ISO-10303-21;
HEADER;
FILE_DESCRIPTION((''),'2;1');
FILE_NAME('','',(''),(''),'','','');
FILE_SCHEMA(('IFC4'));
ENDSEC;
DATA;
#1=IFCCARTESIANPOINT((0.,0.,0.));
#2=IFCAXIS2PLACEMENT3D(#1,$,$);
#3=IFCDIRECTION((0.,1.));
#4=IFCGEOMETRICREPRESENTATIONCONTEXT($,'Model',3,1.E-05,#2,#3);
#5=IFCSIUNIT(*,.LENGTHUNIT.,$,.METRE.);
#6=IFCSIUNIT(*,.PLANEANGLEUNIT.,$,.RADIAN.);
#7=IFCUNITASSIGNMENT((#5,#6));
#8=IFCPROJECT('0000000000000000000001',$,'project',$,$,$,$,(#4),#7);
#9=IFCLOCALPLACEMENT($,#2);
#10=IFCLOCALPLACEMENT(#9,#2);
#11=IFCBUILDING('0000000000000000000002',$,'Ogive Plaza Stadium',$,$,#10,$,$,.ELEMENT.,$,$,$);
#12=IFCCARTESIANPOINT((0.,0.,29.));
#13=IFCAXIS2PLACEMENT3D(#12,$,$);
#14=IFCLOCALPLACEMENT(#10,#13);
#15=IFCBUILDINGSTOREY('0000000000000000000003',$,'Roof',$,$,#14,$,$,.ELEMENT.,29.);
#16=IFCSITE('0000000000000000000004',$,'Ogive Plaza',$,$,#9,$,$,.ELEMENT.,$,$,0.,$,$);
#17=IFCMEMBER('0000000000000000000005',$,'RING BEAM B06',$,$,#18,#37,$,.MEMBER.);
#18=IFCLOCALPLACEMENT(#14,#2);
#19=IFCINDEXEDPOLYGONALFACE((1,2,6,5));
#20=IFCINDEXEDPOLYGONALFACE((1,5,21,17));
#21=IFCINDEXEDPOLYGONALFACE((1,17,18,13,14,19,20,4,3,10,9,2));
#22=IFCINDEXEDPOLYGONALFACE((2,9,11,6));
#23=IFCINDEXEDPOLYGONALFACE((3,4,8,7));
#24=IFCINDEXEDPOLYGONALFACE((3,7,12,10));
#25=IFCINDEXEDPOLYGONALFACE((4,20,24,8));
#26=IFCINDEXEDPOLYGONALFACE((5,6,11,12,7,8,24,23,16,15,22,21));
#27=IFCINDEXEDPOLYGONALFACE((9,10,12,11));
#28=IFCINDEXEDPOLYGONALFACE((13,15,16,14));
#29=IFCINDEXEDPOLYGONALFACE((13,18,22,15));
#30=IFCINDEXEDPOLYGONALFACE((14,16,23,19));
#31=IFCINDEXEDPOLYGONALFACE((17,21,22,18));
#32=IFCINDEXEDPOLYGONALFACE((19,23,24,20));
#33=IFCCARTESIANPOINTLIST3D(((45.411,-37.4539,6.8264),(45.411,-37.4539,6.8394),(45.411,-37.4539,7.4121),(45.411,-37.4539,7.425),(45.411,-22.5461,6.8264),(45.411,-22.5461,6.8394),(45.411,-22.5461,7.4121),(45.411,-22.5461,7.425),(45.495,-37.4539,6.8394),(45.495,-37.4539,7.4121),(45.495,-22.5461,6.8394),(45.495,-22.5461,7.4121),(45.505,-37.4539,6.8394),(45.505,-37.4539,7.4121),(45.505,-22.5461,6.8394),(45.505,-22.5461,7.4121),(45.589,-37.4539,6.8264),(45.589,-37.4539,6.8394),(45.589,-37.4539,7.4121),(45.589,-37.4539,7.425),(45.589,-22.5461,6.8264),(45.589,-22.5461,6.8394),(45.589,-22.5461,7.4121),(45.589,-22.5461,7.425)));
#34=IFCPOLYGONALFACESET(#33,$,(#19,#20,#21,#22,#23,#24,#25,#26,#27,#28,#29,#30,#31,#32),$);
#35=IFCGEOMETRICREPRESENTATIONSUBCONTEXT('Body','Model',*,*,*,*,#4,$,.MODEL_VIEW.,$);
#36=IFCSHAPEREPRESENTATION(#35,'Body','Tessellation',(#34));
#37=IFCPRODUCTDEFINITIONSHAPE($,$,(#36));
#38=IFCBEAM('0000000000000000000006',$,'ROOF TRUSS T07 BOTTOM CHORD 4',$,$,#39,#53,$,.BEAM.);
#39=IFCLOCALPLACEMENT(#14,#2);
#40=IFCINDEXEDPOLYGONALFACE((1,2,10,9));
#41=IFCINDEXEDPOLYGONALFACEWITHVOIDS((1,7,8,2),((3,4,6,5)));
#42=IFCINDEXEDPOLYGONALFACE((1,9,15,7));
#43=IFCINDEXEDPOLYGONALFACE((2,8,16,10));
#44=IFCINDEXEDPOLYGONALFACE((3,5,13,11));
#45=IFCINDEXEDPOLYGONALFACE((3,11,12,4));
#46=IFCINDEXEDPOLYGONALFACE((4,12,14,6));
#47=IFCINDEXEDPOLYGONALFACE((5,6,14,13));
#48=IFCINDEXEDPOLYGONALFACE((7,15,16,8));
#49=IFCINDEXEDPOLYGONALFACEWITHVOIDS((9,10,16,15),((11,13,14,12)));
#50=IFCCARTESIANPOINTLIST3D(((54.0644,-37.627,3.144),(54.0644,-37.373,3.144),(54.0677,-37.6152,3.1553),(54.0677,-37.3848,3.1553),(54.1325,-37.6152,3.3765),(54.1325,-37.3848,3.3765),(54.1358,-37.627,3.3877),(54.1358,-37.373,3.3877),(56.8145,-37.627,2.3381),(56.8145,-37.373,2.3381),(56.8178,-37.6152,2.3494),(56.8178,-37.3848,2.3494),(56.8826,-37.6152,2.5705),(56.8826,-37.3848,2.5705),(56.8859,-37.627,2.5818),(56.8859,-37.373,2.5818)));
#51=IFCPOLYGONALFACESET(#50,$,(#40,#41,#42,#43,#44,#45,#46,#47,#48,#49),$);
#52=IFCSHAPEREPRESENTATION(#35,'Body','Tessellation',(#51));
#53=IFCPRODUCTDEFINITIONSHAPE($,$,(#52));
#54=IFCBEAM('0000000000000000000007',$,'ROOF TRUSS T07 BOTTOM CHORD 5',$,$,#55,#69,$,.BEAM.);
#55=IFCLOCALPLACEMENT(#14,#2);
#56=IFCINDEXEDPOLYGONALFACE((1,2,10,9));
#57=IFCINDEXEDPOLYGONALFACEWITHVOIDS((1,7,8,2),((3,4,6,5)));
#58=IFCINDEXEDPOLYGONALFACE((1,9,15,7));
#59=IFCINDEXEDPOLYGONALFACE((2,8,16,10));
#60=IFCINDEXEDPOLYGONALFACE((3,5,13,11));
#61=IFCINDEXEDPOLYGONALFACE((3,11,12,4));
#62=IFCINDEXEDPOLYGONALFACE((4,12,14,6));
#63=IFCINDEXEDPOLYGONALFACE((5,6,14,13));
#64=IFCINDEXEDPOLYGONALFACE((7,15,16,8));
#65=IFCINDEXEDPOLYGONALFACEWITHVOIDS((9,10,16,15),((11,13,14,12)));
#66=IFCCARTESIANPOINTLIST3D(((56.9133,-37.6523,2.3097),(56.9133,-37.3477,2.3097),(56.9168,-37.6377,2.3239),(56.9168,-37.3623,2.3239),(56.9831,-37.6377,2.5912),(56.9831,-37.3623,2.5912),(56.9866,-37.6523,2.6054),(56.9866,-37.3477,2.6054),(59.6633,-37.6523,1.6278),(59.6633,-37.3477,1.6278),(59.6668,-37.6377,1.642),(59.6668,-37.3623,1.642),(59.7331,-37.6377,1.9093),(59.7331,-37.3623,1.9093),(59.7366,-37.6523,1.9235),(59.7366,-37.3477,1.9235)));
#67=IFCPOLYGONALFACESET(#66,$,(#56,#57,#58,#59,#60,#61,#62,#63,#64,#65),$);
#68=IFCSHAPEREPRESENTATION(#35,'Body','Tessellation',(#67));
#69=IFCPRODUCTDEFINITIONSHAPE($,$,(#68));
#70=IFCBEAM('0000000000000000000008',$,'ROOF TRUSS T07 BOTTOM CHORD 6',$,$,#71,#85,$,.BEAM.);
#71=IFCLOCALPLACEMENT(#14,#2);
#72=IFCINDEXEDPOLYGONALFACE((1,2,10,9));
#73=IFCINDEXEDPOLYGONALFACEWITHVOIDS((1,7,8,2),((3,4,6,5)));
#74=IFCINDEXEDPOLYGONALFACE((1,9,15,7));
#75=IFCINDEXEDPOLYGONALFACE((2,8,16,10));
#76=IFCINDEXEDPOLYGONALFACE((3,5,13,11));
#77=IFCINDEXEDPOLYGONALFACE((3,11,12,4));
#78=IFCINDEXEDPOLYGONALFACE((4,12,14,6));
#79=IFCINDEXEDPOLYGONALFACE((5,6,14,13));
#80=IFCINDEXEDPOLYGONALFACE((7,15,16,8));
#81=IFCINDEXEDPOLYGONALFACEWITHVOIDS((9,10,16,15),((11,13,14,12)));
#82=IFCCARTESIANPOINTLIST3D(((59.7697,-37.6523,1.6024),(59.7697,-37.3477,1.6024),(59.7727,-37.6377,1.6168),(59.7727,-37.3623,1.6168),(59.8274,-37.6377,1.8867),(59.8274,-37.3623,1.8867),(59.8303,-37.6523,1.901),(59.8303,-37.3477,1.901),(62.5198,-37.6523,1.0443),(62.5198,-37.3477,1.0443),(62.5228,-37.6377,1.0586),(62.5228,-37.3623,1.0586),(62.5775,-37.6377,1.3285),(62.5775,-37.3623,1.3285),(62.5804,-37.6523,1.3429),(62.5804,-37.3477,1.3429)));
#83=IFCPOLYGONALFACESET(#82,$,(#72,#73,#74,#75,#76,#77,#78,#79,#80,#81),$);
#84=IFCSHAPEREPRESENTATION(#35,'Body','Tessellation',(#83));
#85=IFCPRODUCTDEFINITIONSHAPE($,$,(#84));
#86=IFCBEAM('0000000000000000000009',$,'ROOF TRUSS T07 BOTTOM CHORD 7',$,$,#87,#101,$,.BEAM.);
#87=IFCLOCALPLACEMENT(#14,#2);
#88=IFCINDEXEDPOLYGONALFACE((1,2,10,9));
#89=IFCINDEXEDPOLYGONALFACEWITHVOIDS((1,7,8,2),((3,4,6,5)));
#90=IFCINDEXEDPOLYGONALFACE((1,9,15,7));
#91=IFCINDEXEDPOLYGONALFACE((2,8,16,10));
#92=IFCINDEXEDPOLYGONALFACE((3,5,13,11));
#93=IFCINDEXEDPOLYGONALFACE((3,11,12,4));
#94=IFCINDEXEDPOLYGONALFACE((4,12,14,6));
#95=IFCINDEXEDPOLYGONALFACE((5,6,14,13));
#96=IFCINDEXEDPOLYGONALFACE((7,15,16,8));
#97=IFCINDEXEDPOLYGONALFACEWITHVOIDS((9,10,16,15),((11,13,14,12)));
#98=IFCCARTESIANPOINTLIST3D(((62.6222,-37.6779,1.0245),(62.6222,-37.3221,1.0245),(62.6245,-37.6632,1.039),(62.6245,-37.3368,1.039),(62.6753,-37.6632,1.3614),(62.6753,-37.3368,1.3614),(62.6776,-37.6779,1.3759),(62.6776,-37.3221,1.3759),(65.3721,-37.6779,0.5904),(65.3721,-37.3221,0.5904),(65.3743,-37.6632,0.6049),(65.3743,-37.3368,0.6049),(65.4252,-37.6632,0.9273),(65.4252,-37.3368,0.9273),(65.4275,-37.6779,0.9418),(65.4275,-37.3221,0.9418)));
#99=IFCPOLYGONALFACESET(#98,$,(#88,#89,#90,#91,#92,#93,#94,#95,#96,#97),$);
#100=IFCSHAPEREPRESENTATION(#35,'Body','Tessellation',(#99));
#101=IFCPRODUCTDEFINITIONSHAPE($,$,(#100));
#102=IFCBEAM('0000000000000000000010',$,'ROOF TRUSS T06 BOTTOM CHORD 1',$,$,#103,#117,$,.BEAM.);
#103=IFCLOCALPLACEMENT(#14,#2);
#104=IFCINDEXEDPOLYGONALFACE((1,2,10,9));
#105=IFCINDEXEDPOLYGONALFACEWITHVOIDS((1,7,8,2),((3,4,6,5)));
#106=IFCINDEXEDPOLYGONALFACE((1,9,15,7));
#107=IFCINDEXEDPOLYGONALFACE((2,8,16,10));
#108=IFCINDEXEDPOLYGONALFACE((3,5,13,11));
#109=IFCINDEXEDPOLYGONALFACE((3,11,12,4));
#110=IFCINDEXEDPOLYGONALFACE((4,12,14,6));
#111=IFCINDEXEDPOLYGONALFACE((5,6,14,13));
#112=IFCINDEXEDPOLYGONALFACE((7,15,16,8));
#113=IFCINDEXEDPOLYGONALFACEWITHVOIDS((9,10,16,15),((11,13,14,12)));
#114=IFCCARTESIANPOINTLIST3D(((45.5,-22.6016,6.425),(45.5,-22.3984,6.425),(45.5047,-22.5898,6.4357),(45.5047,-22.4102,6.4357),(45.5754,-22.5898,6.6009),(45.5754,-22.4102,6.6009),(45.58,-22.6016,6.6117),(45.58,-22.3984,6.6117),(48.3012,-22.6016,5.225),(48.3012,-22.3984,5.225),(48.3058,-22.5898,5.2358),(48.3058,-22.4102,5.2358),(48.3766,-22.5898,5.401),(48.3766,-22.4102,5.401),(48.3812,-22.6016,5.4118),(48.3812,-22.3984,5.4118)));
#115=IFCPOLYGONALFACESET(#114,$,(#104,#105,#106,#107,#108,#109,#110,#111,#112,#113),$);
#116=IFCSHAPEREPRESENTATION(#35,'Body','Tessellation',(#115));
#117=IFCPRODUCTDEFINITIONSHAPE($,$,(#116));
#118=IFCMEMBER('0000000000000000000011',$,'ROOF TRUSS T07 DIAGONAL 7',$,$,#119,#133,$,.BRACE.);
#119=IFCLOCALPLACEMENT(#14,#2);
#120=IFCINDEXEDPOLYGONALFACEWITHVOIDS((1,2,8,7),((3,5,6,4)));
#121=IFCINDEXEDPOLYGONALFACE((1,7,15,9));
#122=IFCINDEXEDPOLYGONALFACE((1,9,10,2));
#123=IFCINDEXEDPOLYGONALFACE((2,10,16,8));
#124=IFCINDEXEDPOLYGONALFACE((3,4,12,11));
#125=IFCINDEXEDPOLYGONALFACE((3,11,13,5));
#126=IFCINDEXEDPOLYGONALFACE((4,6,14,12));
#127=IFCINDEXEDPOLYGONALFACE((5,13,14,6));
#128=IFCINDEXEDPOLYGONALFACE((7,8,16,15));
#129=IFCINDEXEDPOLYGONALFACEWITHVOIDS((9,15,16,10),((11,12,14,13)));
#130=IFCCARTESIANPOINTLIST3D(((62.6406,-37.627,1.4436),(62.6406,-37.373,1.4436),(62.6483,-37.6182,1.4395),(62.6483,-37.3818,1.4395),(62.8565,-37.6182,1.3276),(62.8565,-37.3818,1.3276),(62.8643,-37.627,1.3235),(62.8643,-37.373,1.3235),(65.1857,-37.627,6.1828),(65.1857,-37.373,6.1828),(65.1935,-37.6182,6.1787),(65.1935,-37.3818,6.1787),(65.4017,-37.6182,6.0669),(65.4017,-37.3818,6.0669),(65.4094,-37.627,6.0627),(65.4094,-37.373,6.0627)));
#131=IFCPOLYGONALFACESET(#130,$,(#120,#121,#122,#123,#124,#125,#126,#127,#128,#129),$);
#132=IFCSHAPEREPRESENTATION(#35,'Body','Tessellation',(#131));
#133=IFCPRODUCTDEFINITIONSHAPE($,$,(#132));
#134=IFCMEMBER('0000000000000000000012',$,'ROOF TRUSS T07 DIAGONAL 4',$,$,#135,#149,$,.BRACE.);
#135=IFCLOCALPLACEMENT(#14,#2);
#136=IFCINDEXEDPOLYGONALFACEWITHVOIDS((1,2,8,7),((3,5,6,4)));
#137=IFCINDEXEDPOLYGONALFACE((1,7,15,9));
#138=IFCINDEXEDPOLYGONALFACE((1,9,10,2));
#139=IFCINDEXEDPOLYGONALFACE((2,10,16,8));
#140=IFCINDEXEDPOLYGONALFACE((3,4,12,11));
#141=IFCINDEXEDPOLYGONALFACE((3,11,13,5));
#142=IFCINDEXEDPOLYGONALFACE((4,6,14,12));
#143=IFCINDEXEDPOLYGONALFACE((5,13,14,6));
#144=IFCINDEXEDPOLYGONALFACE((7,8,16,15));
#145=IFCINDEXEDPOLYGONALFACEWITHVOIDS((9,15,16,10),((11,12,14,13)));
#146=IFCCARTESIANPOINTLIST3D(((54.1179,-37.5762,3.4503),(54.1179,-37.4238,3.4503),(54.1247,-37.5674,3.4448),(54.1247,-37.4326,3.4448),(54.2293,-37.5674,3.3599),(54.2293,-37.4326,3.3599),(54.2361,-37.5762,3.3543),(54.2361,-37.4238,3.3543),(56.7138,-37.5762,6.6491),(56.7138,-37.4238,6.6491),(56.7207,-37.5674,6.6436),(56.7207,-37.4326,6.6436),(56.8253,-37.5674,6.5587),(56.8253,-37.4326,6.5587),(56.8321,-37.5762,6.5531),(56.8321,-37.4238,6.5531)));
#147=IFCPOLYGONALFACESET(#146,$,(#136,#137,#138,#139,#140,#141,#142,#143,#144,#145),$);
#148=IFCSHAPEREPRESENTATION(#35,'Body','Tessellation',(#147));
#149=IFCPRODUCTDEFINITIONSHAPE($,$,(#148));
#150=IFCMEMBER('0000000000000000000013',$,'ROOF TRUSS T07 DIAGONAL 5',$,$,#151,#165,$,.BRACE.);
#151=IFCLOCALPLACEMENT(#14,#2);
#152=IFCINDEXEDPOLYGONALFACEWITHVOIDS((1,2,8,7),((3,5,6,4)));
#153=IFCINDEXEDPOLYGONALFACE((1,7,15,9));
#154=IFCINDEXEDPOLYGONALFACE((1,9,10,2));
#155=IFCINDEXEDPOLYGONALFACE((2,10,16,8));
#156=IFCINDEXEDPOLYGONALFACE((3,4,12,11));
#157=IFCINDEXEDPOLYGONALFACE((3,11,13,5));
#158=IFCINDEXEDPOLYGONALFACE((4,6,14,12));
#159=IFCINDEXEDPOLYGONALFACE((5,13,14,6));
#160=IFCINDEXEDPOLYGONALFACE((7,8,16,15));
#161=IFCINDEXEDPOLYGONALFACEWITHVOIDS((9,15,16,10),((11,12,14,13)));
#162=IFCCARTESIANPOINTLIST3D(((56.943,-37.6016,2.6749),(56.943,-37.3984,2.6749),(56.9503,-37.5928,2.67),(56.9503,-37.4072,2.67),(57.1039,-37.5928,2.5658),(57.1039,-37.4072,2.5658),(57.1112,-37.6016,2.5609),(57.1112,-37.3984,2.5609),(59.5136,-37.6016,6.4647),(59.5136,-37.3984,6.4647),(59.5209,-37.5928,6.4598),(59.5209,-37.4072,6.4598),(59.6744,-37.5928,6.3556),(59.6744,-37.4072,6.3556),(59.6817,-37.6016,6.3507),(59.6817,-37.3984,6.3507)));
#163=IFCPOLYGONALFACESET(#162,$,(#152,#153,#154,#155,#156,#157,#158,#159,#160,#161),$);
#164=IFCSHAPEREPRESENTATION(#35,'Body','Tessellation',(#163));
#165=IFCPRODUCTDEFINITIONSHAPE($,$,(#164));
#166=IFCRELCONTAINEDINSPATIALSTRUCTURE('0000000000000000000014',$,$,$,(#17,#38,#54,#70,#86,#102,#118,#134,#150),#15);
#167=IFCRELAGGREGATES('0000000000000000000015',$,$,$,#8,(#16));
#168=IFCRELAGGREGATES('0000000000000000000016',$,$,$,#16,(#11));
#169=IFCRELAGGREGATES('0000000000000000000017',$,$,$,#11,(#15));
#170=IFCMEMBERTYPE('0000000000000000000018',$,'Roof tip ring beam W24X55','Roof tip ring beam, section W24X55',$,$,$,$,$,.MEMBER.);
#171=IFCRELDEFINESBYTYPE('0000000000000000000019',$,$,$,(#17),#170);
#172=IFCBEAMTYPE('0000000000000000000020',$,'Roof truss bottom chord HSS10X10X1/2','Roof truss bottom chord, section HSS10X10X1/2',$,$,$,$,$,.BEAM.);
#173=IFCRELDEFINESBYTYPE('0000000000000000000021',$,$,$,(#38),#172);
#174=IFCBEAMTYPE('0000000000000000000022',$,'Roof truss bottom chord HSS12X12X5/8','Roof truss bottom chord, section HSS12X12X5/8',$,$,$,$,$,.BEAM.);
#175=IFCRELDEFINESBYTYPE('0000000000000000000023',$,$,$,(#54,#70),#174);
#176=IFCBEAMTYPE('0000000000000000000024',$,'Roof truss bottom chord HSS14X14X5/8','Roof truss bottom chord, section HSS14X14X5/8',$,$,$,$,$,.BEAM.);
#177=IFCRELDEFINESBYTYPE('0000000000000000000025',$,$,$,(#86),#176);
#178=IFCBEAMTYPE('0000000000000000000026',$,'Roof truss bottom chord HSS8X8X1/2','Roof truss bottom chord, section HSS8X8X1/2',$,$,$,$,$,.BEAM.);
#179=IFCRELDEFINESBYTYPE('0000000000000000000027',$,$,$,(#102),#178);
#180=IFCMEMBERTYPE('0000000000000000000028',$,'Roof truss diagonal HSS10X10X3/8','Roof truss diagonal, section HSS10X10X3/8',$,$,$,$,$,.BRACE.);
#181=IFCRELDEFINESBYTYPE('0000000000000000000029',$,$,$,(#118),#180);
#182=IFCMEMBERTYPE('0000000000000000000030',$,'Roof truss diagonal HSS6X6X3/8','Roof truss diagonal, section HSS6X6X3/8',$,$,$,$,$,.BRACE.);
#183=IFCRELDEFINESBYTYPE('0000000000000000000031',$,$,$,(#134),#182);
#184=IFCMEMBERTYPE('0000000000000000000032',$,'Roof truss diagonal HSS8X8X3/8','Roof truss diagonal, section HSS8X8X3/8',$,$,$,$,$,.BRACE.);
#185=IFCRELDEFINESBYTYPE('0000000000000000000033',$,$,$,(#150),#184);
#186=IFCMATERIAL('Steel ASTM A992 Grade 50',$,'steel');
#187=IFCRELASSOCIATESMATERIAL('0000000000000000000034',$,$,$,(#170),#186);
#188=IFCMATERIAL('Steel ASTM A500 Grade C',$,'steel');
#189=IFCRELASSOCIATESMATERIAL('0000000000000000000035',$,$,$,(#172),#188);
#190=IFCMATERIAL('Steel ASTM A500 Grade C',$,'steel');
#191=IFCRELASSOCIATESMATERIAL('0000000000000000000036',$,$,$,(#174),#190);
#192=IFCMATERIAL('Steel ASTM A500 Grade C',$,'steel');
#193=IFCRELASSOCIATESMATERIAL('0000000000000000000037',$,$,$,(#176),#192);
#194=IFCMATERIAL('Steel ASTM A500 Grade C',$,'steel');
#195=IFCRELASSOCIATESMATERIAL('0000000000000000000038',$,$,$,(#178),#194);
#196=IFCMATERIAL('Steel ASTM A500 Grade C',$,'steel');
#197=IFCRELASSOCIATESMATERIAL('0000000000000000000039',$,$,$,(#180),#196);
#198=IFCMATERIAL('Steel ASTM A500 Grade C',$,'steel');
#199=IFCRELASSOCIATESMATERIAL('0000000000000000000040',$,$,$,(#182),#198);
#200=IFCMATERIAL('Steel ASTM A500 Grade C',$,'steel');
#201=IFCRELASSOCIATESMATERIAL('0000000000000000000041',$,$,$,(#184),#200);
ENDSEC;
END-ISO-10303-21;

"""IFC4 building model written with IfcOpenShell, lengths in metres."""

from ifc_helpers import new_model, si_unit, direction, frame, origin, origin_2d, place, context, subcontext, project, spatial, hollow_rectangle, i_section, extrude, material, material_profile, profile_set, type_object, element, save


model = new_model("IFC4")

# Units and contexts
model_context = context("Model", 3, precision=1e-05, world=origin(), true_north=direction((0.0, 1.0)))
body_context = subcontext(model_context, "Body", "Model", "MODEL_VIEW")
ifc_project = project(units=[si_unit("LENGTHUNIT", "METRE"), si_unit("PLANEANGLEUNIT", "RADIAN")], contexts=[model_context])

# Site, building, storey
site_placement = place(None, origin())
site = spatial("IfcSite", under=ifc_project, at=site_placement, Name="Ogive Plaza", CompositionType="ELEMENT", RefElevation=0.0)
building_placement = place(site_placement, origin())
building = spatial("IfcBuilding", under=site, at=building_placement, Name="Ogive Plaza Stadium", CompositionType="ELEMENT")
storey_placement = place(building_placement, frame((0.0, 0.0, 29.0)))
storey = spatial("IfcBuildingStorey", under=building, at=storey_placement, Name="Roof", CompositionType="ELEMENT", Elevation=29.0)

# Member
ifc_material_1 = material(Name="Steel ASTM A992 Grade 50", Category="steel")
ifc_material_profile_1 = material_profile(ifc_material_1, i_section(OverallWidth=0.178, OverallDepth=0.5986, WebThickness=0.01, FlangeThickness=0.0129, at=origin_2d()), Name="W24X55")
ifc_profile_set_1 = profile_set([ifc_material_profile_1], Name="Steel ASTM A992 Grade 50")
member_type_1 = type_object("IfcMemberType", Name="Roof tip ring beam W24X55", Description="Roof tip ring beam, section W24X55", PredefinedType="MEMBER", material=ifc_profile_set_1)
member_1_placement = place(storey_placement, frame((45.5, -22.5461, 7.1257), z_axis=(0.0, -1.0, 0.0), x_axis=(1.0, 0.0, 0.0)))
element("IfcMember", 1, at=member_1_placement, inside=storey, type_object=member_type_1, Name="RING BEAM B06", PredefinedType="MEMBER", context=body_context, shape_type="SweptSolid", body=[
    extrude(i_section(OverallWidth=0.178, OverallDepth=0.5986, WebThickness=0.01, FlangeThickness=0.0129, at=origin_2d()), origin(), (0.0, 0.0, 1.0), 14.9077),
])

# Beams
ifc_material_2 = material(Name="Steel ASTM A500 Grade C", Category="steel")
ifc_material_profile_2 = material_profile(ifc_material_2, hollow_rectangle(XDim=0.2539, YDim=0.2539, WallThickness=0.0117, at=origin_2d()), Name="HSS10X10X1/2")
ifc_profile_set_2 = profile_set([ifc_material_profile_2], Name="Steel ASTM A500 Grade C")
beam_type_1 = type_object("IfcBeamType", Name="Roof truss bottom chord HSS10X10X1/2", Description="Roof truss bottom chord, section HSS10X10X1/2", PredefinedType="BEAM", material=ifc_profile_set_2)
beam_1_placement = place(storey_placement, frame((54.1001, -37.5, 3.2659), z_axis=(0.95964, 0.0, -0.28123), x_axis=(0.0, 1.0, 0.0)))
element("IfcBeam", 2, at=beam_1_placement, inside=storey, type_object=beam_type_1, Name="ROOF TRUSS T07 BOTTOM CHORD 4", PredefinedType="BEAM", context=body_context, shape_type="SweptSolid", body=[
    extrude(hollow_rectangle(XDim=0.2539, YDim=0.2539, WallThickness=0.0117, at=origin_2d()), origin(), (0.0, 0.0, 1.0), 2.8657),
])
ifc_material_3 = material(Name="Steel ASTM A500 Grade C", Category="steel")
ifc_material_profile_3 = material_profile(ifc_material_3, hollow_rectangle(XDim=0.3047, YDim=0.3047, WallThickness=0.0146, at=origin_2d()), Name="HSS12X12X5/8")
ifc_profile_set_3 = profile_set([ifc_material_profile_3], Name="Steel ASTM A500 Grade C")
beam_type_2 = type_object("IfcBeamType", Name="Roof truss bottom chord HSS12X12X5/8", Description="Roof truss bottom chord, section HSS12X12X5/8", PredefinedType="BEAM", material=ifc_profile_set_3)
beam_2_placement = place(storey_placement, frame((56.95, -37.5, 2.4575), z_axis=(0.970607, 0.0, -0.24067), x_axis=(0.0, 1.0, 0.0)))
element("IfcBeam", 3, at=beam_2_placement, inside=storey, type_object=beam_type_2, Name="ROOF TRUSS T07 BOTTOM CHORD 5", PredefinedType="BEAM", context=body_context, shape_type="SweptSolid", body=[
    extrude(hollow_rectangle(XDim=0.3047, YDim=0.3047, WallThickness=0.0146, at=origin_2d()), origin(), (0.0, 0.0, 1.0), 2.8333),
])
beam_3_placement = place(storey_placement, frame((59.8, -37.5, 1.7517), z_axis=(0.980021, 0.0, -0.198893), x_axis=(0.0, 1.0, 0.0)))
element("IfcBeam", 4, at=beam_3_placement, inside=storey, type_object=beam_type_2, Name="ROOF TRUSS T07 BOTTOM CHORD 6", PredefinedType="BEAM", context=body_context, shape_type="SweptSolid", body=[
    extrude(hollow_rectangle(XDim=0.3047, YDim=0.3047, WallThickness=0.0146, at=origin_2d()), origin(), (0.0, 0.0, 1.0), 2.8062),
])
ifc_material_4 = material(Name="Steel ASTM A500 Grade C", Category="steel")
ifc_material_profile_4 = material_profile(ifc_material_4, hollow_rectangle(XDim=0.3557, YDim=0.3557, WallThickness=0.0146, at=origin_2d()), Name="HSS14X14X5/8")
ifc_profile_set_4 = profile_set([ifc_material_profile_4], Name="Steel ASTM A500 Grade C")
beam_type_3 = type_object("IfcBeamType", Name="Roof truss bottom chord HSS14X14X5/8", Description="Roof truss bottom chord, section HSS14X14X5/8", PredefinedType="BEAM", material=ifc_profile_set_4)
beam_4_placement = place(storey_placement, frame((62.6499, -37.5, 1.2002), z_axis=(0.98777, 0.0, -0.155918), x_axis=(0.0, 1.0, 0.0)))
element("IfcBeam", 5, at=beam_4_placement, inside=storey, type_object=beam_type_3, Name="ROOF TRUSS T07 BOTTOM CHORD 7", PredefinedType="BEAM", context=body_context, shape_type="SweptSolid", body=[
    extrude(hollow_rectangle(XDim=0.3557, YDim=0.3557, WallThickness=0.0146, at=origin_2d()), origin(), (0.0, 0.0, 1.0), 2.7839),
])
ifc_material_5 = material(Name="Steel ASTM A500 Grade C", Category="steel")
ifc_material_profile_5 = material_profile(ifc_material_5, hollow_rectangle(XDim=0.2031, YDim=0.2031, WallThickness=0.0117, at=origin_2d()), Name="HSS8X8X1/2")
ifc_profile_set_5 = profile_set([ifc_material_profile_5], Name="Steel ASTM A500 Grade C")
beam_type_4 = type_object("IfcBeamType", Name="Roof truss bottom chord HSS8X8X1/2", Description="Roof truss bottom chord, section HSS8X8X1/2", PredefinedType="BEAM", material=ifc_profile_set_5)
beam_5_placement = place(storey_placement, frame((45.54, -22.5, 6.5183), z_axis=(0.919215, 0.0, -0.393755), x_axis=(0.0, 1.0, 0.0)))
element("IfcBeam", 6, at=beam_5_placement, inside=storey, type_object=beam_type_4, Name="ROOF TRUSS T06 BOTTOM CHORD 1", PredefinedType="BEAM", context=body_context, shape_type="SweptSolid", body=[
    extrude(hollow_rectangle(XDim=0.2031, YDim=0.2031, WallThickness=0.0117, at=origin_2d()), origin(), (0.0, 0.0, 1.0), 3.0474),
])

# Members
ifc_material_6 = material(Name="Steel ASTM A500 Grade C", Category="steel")
ifc_material_profile_6 = material_profile(ifc_material_6, hollow_rectangle(XDim=0.2539, YDim=0.2539, WallThickness=0.0088, at=origin_2d()), Name="HSS10X10X3/8")
ifc_profile_set_6 = profile_set([ifc_material_profile_6], Name="Steel ASTM A500 Grade C")
member_type_2 = type_object("IfcMemberType", Name="Roof truss diagonal HSS10X10X3/8", Description="Roof truss diagonal, section HSS10X10X3/8", PredefinedType="BRACE", material=ifc_profile_set_6)
member_2_placement = place(storey_placement, frame((62.7524, -37.5, 1.3835), z_axis=(0.473128, 0.0, 0.880994), x_axis=(0.0, 1.0, 0.0)))
element("IfcMember", 7, at=member_2_placement, inside=storey, type_object=member_type_2, Name="ROOF TRUSS T07 DIAGONAL 7", PredefinedType="BRACE", context=body_context, shape_type="SweptSolid", body=[
    extrude(hollow_rectangle(XDim=0.2539, YDim=0.2539, WallThickness=0.0088, at=origin_2d()), origin(), (0.0, 0.0, 1.0), 5.3794),
])
ifc_material_7 = material(Name="Steel ASTM A500 Grade C", Category="steel")
ifc_material_profile_7 = material_profile(ifc_material_7, hollow_rectangle(XDim=0.1523, YDim=0.1523, WallThickness=0.0088, at=origin_2d()), Name="HSS6X6X3/8")
ifc_profile_set_7 = profile_set([ifc_material_profile_7], Name="Steel ASTM A500 Grade C")
member_type_3 = type_object("IfcMemberType", Name="Roof truss diagonal HSS6X6X3/8", Description="Roof truss diagonal, section HSS6X6X3/8", PredefinedType="BRACE", material=ifc_profile_set_7)
member_3_placement = place(storey_placement, frame((54.177, -37.5, 3.4023), z_axis=(0.630151, 0.0, 0.776473), x_axis=(0.0, 1.0, 0.0)))
element("IfcMember", 8, at=member_3_placement, inside=storey, type_object=member_type_3, Name="ROOF TRUSS T07 DIAGONAL 4", PredefinedType="BRACE", context=body_context, shape_type="SweptSolid", body=[
    extrude(hollow_rectangle(XDim=0.1523, YDim=0.1523, WallThickness=0.0088, at=origin_2d()), origin(), (0.0, 0.0, 1.0), 4.1196),
])
ifc_material_8 = material(Name="Steel ASTM A500 Grade C", Category="steel")
ifc_material_profile_8 = material_profile(ifc_material_8, hollow_rectangle(XDim=0.2031, YDim=0.2031, WallThickness=0.0088, at=origin_2d()), Name="HSS8X8X3/8")
ifc_profile_set_8 = profile_set([ifc_material_profile_8], Name="Steel ASTM A500 Grade C")
member_type_4 = type_object("IfcMemberType", Name="Roof truss diagonal HSS8X8X3/8", Description="Roof truss diagonal, section HSS8X8X3/8", PredefinedType="BRACE", material=ifc_profile_set_8)
member_4_placement = place(storey_placement, frame((57.0271, -37.5, 2.6179), z_axis=(0.561338, 0.0, 0.827586), x_axis=(0.0, 1.0, 0.0)))
element("IfcMember", 9, at=member_4_placement, inside=storey, type_object=member_type_4, Name="ROOF TRUSS T07 DIAGONAL 5", PredefinedType="BRACE", context=body_context, shape_type="SweptSolid", body=[
    extrude(hollow_rectangle(XDim=0.2031, YDim=0.2031, WallThickness=0.0088, at=origin_2d()), origin(), (0.0, 0.0, 1.0), 4.5793),
])

save(model, "model.ifc")
